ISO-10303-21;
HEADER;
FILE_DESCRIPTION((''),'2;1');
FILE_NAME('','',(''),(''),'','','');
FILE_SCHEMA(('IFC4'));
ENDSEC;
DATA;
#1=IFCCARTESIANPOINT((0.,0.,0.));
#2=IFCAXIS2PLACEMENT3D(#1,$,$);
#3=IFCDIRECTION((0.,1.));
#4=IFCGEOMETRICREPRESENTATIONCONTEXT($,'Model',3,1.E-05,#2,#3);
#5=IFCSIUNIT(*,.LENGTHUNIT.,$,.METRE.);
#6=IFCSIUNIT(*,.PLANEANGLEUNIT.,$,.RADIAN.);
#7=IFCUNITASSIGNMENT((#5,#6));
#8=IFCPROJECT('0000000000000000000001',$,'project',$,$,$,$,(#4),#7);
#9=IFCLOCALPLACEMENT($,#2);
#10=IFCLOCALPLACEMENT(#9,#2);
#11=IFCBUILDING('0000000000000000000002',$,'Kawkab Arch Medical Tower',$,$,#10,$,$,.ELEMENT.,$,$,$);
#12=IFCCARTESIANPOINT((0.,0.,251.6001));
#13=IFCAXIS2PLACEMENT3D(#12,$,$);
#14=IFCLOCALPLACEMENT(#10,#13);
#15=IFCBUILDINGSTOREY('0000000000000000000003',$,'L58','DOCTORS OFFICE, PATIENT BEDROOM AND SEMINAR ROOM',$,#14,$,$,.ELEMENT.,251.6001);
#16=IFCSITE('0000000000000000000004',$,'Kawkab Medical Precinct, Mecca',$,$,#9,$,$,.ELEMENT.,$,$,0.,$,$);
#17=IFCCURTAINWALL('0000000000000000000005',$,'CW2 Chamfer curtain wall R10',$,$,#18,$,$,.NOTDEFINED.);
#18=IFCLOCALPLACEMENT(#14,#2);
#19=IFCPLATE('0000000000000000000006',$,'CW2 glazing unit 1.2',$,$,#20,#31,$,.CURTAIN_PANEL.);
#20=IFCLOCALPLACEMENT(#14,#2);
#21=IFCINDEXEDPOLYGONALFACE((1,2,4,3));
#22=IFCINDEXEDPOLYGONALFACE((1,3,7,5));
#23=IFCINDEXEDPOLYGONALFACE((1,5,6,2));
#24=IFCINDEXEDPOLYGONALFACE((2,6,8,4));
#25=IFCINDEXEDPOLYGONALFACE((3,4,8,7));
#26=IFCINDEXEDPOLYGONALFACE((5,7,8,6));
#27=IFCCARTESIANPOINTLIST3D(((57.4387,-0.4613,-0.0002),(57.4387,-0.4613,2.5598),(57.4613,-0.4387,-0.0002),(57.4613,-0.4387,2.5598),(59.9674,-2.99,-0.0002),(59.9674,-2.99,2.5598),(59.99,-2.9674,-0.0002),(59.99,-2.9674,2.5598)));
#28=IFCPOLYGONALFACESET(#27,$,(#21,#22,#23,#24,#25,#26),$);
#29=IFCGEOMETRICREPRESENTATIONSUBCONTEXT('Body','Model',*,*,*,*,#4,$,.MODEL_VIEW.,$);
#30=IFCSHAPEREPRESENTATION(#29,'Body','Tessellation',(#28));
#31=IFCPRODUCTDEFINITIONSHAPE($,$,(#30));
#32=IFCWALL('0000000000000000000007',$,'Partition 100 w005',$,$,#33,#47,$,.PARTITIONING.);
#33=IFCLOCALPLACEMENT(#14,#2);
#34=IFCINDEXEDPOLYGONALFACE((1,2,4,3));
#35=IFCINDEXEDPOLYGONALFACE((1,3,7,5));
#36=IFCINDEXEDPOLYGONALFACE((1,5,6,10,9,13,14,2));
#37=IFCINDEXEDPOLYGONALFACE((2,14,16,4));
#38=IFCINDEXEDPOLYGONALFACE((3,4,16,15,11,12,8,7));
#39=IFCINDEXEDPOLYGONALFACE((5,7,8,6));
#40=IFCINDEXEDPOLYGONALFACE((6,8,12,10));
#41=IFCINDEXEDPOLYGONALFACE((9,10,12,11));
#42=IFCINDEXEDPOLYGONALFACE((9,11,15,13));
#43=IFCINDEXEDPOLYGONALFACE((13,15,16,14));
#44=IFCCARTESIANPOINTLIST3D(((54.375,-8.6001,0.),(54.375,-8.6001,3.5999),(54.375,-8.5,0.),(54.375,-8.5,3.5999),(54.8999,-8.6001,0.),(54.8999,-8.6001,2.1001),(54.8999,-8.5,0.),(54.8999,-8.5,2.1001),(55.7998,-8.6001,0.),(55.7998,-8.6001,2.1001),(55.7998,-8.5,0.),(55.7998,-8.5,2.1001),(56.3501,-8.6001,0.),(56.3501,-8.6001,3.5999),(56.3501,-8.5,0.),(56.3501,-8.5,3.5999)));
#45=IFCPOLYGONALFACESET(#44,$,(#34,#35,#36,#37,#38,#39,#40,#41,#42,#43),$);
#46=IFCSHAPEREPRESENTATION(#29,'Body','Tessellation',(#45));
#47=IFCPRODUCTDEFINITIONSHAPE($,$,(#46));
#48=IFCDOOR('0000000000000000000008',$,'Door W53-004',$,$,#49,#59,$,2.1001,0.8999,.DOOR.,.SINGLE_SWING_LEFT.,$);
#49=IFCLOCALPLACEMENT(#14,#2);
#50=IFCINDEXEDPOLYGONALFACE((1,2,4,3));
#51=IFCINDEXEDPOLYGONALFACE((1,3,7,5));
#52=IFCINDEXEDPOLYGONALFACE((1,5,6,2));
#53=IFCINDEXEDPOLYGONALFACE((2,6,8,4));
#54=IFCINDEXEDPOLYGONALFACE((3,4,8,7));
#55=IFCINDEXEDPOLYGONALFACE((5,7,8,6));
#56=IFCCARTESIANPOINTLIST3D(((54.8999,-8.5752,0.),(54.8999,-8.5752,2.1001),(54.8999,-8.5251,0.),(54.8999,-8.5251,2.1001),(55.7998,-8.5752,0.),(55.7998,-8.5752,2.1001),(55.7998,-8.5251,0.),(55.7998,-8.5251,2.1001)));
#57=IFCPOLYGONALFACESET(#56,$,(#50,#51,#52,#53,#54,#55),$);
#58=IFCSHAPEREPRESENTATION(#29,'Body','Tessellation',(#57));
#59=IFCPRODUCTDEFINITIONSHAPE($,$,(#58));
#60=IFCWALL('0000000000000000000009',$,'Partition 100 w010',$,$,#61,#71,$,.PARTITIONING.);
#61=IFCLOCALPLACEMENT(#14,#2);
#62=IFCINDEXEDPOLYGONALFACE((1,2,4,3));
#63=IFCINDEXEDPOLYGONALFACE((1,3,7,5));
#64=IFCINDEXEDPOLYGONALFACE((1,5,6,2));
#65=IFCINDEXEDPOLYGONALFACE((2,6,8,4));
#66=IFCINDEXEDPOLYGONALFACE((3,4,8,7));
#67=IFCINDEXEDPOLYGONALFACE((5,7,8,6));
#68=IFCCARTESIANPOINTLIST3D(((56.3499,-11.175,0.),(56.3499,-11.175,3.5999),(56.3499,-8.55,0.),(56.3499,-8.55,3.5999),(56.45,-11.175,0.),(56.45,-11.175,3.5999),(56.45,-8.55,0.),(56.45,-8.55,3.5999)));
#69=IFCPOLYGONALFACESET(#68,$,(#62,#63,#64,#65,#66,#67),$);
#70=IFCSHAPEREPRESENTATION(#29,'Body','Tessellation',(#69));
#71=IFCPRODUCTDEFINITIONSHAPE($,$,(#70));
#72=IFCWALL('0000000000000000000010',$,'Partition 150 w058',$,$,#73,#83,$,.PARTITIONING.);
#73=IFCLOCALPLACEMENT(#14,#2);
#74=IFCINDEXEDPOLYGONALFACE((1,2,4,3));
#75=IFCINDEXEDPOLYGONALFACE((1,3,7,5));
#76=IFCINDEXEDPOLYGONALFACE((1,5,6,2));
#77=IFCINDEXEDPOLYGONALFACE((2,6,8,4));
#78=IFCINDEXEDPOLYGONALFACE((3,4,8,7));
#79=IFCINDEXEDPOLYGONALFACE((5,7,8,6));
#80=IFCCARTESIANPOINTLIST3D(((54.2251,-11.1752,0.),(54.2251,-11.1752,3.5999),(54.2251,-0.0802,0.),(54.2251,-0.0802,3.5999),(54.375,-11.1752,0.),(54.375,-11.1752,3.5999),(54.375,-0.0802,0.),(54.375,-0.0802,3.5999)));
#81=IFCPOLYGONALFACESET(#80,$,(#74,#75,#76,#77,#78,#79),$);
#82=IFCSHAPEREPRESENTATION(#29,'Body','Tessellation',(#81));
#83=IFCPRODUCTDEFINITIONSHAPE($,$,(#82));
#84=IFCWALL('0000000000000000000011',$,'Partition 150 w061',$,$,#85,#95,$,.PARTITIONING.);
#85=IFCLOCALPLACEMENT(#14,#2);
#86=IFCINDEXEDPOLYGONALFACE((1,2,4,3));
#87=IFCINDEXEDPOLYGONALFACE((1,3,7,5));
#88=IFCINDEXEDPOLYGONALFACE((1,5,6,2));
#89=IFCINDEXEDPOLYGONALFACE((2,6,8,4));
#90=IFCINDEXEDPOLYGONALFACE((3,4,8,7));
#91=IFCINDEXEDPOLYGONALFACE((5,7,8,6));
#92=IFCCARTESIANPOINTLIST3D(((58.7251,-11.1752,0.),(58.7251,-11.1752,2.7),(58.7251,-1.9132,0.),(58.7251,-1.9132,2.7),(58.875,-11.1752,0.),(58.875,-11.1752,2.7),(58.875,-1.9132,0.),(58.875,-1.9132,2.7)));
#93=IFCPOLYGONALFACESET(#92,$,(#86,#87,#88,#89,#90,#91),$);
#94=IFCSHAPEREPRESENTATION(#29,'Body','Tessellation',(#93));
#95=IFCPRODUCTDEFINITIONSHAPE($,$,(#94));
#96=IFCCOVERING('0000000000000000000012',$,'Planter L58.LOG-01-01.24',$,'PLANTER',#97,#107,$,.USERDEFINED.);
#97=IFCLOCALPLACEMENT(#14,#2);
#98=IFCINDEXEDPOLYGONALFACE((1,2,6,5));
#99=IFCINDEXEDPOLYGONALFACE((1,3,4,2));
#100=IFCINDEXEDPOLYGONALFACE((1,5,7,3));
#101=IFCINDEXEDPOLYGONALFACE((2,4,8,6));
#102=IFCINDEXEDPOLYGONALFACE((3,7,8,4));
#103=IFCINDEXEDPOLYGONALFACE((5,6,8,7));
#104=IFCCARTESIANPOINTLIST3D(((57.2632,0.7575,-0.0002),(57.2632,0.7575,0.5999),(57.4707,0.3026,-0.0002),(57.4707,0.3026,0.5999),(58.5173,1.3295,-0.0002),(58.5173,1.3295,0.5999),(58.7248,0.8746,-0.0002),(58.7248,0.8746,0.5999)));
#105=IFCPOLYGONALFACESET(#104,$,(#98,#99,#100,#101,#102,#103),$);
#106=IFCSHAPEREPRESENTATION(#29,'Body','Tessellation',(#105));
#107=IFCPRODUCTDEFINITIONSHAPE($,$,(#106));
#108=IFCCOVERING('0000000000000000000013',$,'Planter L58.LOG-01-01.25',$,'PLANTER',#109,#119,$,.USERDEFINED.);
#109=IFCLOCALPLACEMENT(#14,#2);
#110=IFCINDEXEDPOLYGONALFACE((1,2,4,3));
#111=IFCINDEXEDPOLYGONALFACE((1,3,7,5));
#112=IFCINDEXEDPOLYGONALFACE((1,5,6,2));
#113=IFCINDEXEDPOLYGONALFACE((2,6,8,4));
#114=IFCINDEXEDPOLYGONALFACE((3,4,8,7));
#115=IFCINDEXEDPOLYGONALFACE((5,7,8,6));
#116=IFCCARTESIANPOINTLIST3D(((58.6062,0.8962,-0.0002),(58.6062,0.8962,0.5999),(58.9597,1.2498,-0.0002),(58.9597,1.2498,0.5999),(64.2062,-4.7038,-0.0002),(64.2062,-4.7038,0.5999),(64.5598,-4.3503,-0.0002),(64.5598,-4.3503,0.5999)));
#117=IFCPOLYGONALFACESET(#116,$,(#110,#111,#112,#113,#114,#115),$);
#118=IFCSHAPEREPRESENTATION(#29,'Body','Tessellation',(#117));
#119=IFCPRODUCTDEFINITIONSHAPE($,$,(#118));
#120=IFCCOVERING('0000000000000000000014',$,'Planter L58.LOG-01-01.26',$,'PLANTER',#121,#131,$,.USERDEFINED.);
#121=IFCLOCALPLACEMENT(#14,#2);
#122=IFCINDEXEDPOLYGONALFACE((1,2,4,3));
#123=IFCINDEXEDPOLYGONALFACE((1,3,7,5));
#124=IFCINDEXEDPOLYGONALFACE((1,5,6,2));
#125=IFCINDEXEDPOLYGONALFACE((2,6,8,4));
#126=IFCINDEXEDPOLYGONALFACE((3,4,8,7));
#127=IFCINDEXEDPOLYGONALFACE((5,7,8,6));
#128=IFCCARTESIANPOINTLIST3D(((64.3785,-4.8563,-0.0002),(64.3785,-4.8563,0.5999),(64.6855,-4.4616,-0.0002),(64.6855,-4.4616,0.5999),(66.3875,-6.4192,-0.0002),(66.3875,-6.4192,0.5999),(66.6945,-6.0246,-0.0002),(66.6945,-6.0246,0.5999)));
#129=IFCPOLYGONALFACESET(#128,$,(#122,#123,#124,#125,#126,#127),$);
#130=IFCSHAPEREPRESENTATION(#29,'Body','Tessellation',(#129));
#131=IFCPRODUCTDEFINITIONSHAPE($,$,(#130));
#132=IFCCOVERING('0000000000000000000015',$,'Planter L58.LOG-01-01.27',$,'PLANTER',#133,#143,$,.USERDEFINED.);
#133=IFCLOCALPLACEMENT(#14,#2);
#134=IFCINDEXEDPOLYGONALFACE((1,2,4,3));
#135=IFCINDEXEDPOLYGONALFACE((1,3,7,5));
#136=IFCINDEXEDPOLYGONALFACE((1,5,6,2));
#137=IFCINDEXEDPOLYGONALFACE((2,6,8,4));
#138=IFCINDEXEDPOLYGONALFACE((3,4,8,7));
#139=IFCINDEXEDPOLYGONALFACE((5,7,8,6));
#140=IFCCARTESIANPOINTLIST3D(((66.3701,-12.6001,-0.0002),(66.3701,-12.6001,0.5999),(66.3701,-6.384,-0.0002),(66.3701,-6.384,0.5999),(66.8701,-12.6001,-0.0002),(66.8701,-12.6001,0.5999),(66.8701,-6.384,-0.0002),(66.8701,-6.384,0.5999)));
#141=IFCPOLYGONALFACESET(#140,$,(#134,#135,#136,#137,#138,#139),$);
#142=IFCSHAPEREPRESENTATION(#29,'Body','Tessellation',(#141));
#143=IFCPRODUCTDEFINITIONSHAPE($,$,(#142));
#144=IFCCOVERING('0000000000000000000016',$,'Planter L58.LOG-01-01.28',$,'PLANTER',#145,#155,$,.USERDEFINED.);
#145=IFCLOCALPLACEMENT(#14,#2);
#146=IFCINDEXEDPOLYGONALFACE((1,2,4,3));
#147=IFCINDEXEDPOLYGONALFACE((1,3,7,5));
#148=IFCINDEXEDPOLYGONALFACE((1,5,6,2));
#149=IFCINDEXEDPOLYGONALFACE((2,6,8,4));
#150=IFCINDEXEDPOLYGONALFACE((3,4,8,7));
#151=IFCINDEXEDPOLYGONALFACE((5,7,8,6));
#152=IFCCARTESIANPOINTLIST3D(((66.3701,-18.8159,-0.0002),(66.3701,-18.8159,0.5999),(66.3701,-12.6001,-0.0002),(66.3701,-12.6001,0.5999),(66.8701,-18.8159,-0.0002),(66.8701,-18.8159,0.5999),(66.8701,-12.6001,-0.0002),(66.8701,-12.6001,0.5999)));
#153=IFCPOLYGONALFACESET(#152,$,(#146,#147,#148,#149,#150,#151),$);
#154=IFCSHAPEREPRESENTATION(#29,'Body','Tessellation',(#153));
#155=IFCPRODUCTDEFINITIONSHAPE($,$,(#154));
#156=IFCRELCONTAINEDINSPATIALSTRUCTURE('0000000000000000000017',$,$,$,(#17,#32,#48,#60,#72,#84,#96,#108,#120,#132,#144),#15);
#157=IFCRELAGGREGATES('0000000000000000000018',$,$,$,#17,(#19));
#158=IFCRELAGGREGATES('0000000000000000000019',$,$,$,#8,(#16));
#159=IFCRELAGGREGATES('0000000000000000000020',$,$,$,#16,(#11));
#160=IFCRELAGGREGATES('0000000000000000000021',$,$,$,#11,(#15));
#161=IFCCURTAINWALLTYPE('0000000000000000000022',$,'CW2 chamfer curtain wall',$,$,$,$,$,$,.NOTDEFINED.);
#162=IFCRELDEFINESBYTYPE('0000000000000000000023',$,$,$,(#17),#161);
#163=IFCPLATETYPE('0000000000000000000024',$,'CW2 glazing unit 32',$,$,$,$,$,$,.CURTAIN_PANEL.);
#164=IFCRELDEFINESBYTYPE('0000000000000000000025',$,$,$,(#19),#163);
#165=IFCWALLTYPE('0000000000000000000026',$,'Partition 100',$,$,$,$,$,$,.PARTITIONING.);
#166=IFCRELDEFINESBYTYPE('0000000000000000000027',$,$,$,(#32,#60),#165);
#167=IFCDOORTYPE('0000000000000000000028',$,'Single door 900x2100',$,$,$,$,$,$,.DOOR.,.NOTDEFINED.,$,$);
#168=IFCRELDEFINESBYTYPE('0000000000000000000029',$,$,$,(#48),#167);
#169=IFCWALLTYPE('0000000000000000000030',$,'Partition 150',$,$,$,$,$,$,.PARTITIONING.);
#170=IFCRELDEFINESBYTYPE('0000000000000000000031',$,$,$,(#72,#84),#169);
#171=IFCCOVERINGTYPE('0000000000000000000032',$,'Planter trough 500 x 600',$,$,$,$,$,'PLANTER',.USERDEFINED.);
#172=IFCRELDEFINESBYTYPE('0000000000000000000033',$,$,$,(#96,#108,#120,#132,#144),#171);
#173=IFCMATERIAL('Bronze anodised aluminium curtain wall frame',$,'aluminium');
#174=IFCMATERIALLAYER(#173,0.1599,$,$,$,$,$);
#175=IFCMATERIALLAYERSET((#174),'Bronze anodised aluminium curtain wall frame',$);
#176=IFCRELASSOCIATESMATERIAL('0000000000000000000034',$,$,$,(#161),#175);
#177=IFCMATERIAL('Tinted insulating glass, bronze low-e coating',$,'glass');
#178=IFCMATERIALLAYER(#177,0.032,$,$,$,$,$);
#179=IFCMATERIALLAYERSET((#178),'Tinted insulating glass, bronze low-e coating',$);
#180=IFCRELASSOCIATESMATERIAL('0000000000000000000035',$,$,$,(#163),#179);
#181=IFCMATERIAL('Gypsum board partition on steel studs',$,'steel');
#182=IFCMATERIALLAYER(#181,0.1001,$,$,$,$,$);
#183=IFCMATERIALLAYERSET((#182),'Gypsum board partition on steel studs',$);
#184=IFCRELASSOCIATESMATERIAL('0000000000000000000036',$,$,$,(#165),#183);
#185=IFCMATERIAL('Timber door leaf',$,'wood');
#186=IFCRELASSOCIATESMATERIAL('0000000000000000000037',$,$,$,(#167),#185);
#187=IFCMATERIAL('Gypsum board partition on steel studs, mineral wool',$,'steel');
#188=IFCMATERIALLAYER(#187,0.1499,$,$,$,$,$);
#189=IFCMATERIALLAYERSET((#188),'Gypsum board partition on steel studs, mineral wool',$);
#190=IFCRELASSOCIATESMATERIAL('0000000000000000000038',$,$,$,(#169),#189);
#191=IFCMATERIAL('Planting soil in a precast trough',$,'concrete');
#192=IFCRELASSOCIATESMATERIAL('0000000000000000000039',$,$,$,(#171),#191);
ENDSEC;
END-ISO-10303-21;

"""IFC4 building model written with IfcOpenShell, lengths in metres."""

from ifc_helpers import new_model, si_unit, direction, frame, frame_2d, origin, origin_2d, place, context, subcontext, project, spatial, rectangle, extrude, material, layer, layer_set, material_profile, profile_set, type_object, element, fill, aggregate, save


model = new_model("IFC4")

# Units and contexts
model_context = context("Model", 3, precision=1e-05, world=origin(), true_north=direction((0.0, 1.0)))
body_context = subcontext(model_context, "Body", "Model", "MODEL_VIEW")
ifc_project = project(units=[si_unit("LENGTHUNIT", "METRE"), si_unit("PLANEANGLEUNIT", "RADIAN")], contexts=[model_context])

# Site, building, storey
site_placement = place(None, origin())
site = spatial("IfcSite", under=ifc_project, at=site_placement, Name="Kawkab Medical Precinct, Mecca", CompositionType="ELEMENT", RefElevation=0.0)
building_placement = place(site_placement, origin())
building = spatial("IfcBuilding", under=site, at=building_placement, Name="Kawkab Arch Medical Tower", CompositionType="ELEMENT")
storey_placement = place(building_placement, frame((0.0, 0.0, 251.6001)))
storey = spatial("IfcBuildingStorey", under=building, at=storey_placement, Name="L58", Description="DOCTORS OFFICE, PATIENT BEDROOM AND SEMINAR ROOM", CompositionType="ELEMENT", Elevation=251.6001)

# Curtain wall
placement = place(storey_placement, origin())
ifc_material_1 = material(Name="Bronze anodised aluminium curtain wall frame", Category="aluminium")
ifc_layer_1 = layer(ifc_material_1, 0.1599)
ifc_layer_set_1 = layer_set([ifc_layer_1], Name="Bronze anodised aluminium curtain wall frame")
curtain_wall_type_1 = type_object("IfcCurtainWallType", Name="CW2 chamfer curtain wall", PredefinedType="NOTDEFINED", material=ifc_layer_set_1)
curtain_wall_1 = element("IfcCurtainWall", 1, at=placement, inside=storey, type_object=curtain_wall_type_1, Name="CW2 Chamfer curtain wall R10", PredefinedType="NOTDEFINED")

# Plate
ifc_material_2 = material(Name="Tinted insulating glass, bronze low-e coating", Category="glass")
ifc_layer_2 = layer(ifc_material_2, 0.032)
ifc_layer_set_2 = layer_set([ifc_layer_2], Name="Tinted insulating glass, bronze low-e coating")
plate_type_1 = type_object("IfcPlateType", Name="CW2 glazing unit 32", PredefinedType="CURTAIN_PANEL", material=ifc_layer_set_2)
plate_1_placement = place(storey_placement, frame((58.7144, -1.7144, -0.0002), z_axis=(0.0, 0.0, 1.0), x_axis=(-0.707107, 0.707107, 0.0)))
plate_1 = element("IfcPlate", 2, at=plate_1_placement, type_object=plate_type_1, Name="CW2 glazing unit 1.2", PredefinedType="CURTAIN_PANEL", context=body_context, shape_type="SweptSolid", body=[
    extrude(rectangle(XDim=3.5762, YDim=0.032, at=origin_2d()), origin(), (0.0, 0.0, 1.0), 2.5601),
])
aggregate(curtain_wall_1, [plate_1])

# Wall, opening, door
ifc_material_3 = material(Name="Gypsum board partition on steel studs", Category="steel")
ifc_layer_3 = layer(ifc_material_3, 0.1001)
ifc_layer_set_3 = layer_set([ifc_layer_3], Name="Gypsum board partition on steel studs")
wall_type_1 = type_object("IfcWallType", Name="Partition 100", PredefinedType="PARTITIONING", material=ifc_layer_set_3)
wall_1_placement = place(storey_placement, frame((54.375, -8.55, 0.0), z_axis=(0.0, 0.0, 1.0), x_axis=(1.0, 0.0, 0.0)))
wall_1 = element("IfcWall", 3, at=wall_1_placement, inside=storey, type_object=wall_type_1, Name="Partition 100 w005", PredefinedType="PARTITIONING", context=body_context, shape_type="SweptSolid", body=[
    extrude(rectangle(XDim=1.9751, YDim=0.1001, at=frame_2d((0.9875, 0.0))), origin(), (0.0, 0.0, 1.0), 3.5999),
])
opening_placement = place(wall_1_placement, frame((0.5249, 0.0, 0.0)))
opening = element("IfcOpeningElement", 4, at=opening_placement, cuts=wall_1, PredefinedType="OPENING", context=body_context, shape_type="SweptSolid", body=[
    extrude(rectangle(XDim=0.8999, YDim=2.1001, at=frame_2d((0.45, 1.05))), frame((0.0, 0.0601, 0.0), z_axis=(0.0, -1.0, 0.0), x_axis=(1.0, 0.0, 0.0)), (0.0, 0.0, 1.0), 0.1201),
])
ifc_material_4 = material(Name="Timber door leaf", Category="wood")
door_type = type_object("IfcDoorType", Name="Single door 900x2100", OperationType="NOTDEFINED", PredefinedType="DOOR", material=ifc_material_4)
door_placement = place(opening_placement, origin())
door = element("IfcDoor", 5, at=door_placement, inside=storey, type_object=door_type, Name="Door W53-004", OperationType="SINGLE_SWING_LEFT", OverallHeight=2.1001, OverallWidth=0.8999, PredefinedType="DOOR", context=body_context, shape_type="SweptSolid", body=[
    extrude(rectangle(XDim=0.8999, YDim=2.1001, at=frame_2d((0.45, 1.05))), frame((0.0, 0.0249, 0.0), z_axis=(0.0, -1.0, 0.0), x_axis=(1.0, 0.0, 0.0)), (0.0, 0.0, 1.0), 0.05),
])
fill(opening, door)

# Walls
wall_2_placement = place(storey_placement, frame((56.3999, -11.175, 0.0), z_axis=(0.0, 0.0, 1.0), x_axis=(0.0, 1.0, 0.0)))
element("IfcWall", 6, at=wall_2_placement, inside=storey, type_object=wall_type_1, Name="Partition 100 w010", PredefinedType="PARTITIONING", context=body_context, shape_type="SweptSolid", body=[
    extrude(rectangle(XDim=2.625, YDim=0.1001, at=frame_2d((1.3125, 0.0))), origin(), (0.0, 0.0, 1.0), 3.5999),
])
ifc_material_5 = material(Name="Gypsum board partition on steel studs, mineral wool", Category="steel")
ifc_layer_4 = layer(ifc_material_5, 0.1499)
ifc_layer_set_4 = layer_set([ifc_layer_4], Name="Gypsum board partition on steel studs, mineral wool")
wall_type_2 = type_object("IfcWallType", Name="Partition 150", PredefinedType="PARTITIONING", material=ifc_layer_set_4)
wall_3_placement = place(storey_placement, frame((54.3, -11.175, 0.0), z_axis=(0.0, 0.0, 1.0), x_axis=(0.0, 1.0, 0.0)))
element("IfcWall", 7, at=wall_3_placement, inside=storey, type_object=wall_type_2, Name="Partition 150 w058", PredefinedType="PARTITIONING", context=body_context, shape_type="SweptSolid", body=[
    extrude(rectangle(XDim=11.095, YDim=0.1499, at=frame_2d((5.5474, 0.0))), origin(), (0.0, 0.0, 1.0), 3.5999),
])
wall_4_placement = place(storey_placement, frame((58.8, -11.175, 0.0), z_axis=(0.0, 0.0, 1.0), x_axis=(0.0, 1.0, 0.0)))
element("IfcWall", 8, at=wall_4_placement, inside=storey, type_object=wall_type_2, Name="Partition 150 w061", PredefinedType="PARTITIONING", context=body_context, shape_type="SweptSolid", body=[
    extrude(rectangle(XDim=9.262, YDim=0.1499, at=frame_2d((4.6309, 0.0))), origin(), (0.0, 0.0, 1.0), 2.7),
])

# Coverings
ifc_material_6 = material(Name="Planting soil in a precast trough", Category="concrete")
ifc_material_profile_1 = material_profile(ifc_material_6, rectangle(XDim=0.5, YDim=0.6001, at=origin_2d()), Name="Trough 500x600")
ifc_profile_set_1 = profile_set([ifc_material_profile_1], Name="Planting soil in a precast trough")
covering_type = type_object("IfcCoveringType", Name="Planter trough 500 x 600", ElementType="PLANTER", PredefinedType="USERDEFINED", material=ifc_profile_set_1)
covering_1_placement = place(storey_placement, frame((57.3669, 0.53, 0.2998), z_axis=(0.909832, 0.414977, 0.0), x_axis=(-0.414977, 0.909832, 0.0)))
element("IfcCovering", 9, at=covering_1_placement, inside=storey, type_object=covering_type, Name="Planter L58.LOG-01-01.24", ObjectType="PLANTER", PredefinedType="USERDEFINED", context=body_context, shape_type="SweptSolid", body=[
    extrude(rectangle(XDim=0.5, YDim=0.6001, at=origin_2d()), origin(), (0.0, 0.0, 1.0), 1.3784),
])
covering_2_placement = place(storey_placement, frame((58.783, 1.073, 0.2998), z_axis=(0.707107, -0.707107, 0.0), x_axis=(0.707107, 0.707107, 0.0)))
element("IfcCovering", 10, at=covering_2_placement, inside=storey, type_object=covering_type, Name="Planter L58.LOG-01-01.25", ObjectType="PLANTER", PredefinedType="USERDEFINED", context=body_context, shape_type="SweptSolid", body=[
    extrude(rectangle(XDim=0.5, YDim=0.6001, at=origin_2d()), origin(), (0.0, 0.0, 1.0), 7.9197),
])
covering_3_placement = place(storey_placement, frame((64.532, -4.6589, 0.2998), z_axis=(0.789275, -0.61404, 0.0), x_axis=(0.61404, 0.789275, 0.0)))
element("IfcCovering", 11, at=covering_3_placement, inside=storey, type_object=covering_type, Name="Planter L58.LOG-01-01.26", ObjectType="PLANTER", PredefinedType="USERDEFINED", context=body_context, shape_type="SweptSolid", body=[
    extrude(rectangle(XDim=0.5, YDim=0.6001, at=origin_2d()), origin(), (0.0, 0.0, 1.0), 2.5454),
])
covering_4_placement = place(storey_placement, frame((66.6201, -6.384, 0.2998), z_axis=(0.0, -1.0, 0.0), x_axis=(1.0, 0.0, 0.0)))
element("IfcCovering", 12, at=covering_4_placement, inside=storey, type_object=covering_type, Name="Planter L58.LOG-01-01.27", ObjectType="PLANTER", PredefinedType="USERDEFINED", context=body_context, shape_type="SweptSolid", body=[
    extrude(rectangle(XDim=0.5, YDim=0.6001, at=origin_2d()), origin(), (0.0, 0.0, 1.0), 6.2161),
])
covering_5_placement = place(storey_placement, frame((66.6201, -12.6001, 0.2998), z_axis=(0.0, -1.0, 0.0), x_axis=(1.0, 0.0, 0.0)))
element("IfcCovering", 13, at=covering_5_placement, inside=storey, type_object=covering_type, Name="Planter L58.LOG-01-01.28", ObjectType="PLANTER", PredefinedType="USERDEFINED", context=body_context, shape_type="SweptSolid", body=[
    extrude(rectangle(XDim=0.5, YDim=0.6001, at=origin_2d()), origin(), (0.0, 0.0, 1.0), 6.2158),
])

save(model, "model.ifc")
